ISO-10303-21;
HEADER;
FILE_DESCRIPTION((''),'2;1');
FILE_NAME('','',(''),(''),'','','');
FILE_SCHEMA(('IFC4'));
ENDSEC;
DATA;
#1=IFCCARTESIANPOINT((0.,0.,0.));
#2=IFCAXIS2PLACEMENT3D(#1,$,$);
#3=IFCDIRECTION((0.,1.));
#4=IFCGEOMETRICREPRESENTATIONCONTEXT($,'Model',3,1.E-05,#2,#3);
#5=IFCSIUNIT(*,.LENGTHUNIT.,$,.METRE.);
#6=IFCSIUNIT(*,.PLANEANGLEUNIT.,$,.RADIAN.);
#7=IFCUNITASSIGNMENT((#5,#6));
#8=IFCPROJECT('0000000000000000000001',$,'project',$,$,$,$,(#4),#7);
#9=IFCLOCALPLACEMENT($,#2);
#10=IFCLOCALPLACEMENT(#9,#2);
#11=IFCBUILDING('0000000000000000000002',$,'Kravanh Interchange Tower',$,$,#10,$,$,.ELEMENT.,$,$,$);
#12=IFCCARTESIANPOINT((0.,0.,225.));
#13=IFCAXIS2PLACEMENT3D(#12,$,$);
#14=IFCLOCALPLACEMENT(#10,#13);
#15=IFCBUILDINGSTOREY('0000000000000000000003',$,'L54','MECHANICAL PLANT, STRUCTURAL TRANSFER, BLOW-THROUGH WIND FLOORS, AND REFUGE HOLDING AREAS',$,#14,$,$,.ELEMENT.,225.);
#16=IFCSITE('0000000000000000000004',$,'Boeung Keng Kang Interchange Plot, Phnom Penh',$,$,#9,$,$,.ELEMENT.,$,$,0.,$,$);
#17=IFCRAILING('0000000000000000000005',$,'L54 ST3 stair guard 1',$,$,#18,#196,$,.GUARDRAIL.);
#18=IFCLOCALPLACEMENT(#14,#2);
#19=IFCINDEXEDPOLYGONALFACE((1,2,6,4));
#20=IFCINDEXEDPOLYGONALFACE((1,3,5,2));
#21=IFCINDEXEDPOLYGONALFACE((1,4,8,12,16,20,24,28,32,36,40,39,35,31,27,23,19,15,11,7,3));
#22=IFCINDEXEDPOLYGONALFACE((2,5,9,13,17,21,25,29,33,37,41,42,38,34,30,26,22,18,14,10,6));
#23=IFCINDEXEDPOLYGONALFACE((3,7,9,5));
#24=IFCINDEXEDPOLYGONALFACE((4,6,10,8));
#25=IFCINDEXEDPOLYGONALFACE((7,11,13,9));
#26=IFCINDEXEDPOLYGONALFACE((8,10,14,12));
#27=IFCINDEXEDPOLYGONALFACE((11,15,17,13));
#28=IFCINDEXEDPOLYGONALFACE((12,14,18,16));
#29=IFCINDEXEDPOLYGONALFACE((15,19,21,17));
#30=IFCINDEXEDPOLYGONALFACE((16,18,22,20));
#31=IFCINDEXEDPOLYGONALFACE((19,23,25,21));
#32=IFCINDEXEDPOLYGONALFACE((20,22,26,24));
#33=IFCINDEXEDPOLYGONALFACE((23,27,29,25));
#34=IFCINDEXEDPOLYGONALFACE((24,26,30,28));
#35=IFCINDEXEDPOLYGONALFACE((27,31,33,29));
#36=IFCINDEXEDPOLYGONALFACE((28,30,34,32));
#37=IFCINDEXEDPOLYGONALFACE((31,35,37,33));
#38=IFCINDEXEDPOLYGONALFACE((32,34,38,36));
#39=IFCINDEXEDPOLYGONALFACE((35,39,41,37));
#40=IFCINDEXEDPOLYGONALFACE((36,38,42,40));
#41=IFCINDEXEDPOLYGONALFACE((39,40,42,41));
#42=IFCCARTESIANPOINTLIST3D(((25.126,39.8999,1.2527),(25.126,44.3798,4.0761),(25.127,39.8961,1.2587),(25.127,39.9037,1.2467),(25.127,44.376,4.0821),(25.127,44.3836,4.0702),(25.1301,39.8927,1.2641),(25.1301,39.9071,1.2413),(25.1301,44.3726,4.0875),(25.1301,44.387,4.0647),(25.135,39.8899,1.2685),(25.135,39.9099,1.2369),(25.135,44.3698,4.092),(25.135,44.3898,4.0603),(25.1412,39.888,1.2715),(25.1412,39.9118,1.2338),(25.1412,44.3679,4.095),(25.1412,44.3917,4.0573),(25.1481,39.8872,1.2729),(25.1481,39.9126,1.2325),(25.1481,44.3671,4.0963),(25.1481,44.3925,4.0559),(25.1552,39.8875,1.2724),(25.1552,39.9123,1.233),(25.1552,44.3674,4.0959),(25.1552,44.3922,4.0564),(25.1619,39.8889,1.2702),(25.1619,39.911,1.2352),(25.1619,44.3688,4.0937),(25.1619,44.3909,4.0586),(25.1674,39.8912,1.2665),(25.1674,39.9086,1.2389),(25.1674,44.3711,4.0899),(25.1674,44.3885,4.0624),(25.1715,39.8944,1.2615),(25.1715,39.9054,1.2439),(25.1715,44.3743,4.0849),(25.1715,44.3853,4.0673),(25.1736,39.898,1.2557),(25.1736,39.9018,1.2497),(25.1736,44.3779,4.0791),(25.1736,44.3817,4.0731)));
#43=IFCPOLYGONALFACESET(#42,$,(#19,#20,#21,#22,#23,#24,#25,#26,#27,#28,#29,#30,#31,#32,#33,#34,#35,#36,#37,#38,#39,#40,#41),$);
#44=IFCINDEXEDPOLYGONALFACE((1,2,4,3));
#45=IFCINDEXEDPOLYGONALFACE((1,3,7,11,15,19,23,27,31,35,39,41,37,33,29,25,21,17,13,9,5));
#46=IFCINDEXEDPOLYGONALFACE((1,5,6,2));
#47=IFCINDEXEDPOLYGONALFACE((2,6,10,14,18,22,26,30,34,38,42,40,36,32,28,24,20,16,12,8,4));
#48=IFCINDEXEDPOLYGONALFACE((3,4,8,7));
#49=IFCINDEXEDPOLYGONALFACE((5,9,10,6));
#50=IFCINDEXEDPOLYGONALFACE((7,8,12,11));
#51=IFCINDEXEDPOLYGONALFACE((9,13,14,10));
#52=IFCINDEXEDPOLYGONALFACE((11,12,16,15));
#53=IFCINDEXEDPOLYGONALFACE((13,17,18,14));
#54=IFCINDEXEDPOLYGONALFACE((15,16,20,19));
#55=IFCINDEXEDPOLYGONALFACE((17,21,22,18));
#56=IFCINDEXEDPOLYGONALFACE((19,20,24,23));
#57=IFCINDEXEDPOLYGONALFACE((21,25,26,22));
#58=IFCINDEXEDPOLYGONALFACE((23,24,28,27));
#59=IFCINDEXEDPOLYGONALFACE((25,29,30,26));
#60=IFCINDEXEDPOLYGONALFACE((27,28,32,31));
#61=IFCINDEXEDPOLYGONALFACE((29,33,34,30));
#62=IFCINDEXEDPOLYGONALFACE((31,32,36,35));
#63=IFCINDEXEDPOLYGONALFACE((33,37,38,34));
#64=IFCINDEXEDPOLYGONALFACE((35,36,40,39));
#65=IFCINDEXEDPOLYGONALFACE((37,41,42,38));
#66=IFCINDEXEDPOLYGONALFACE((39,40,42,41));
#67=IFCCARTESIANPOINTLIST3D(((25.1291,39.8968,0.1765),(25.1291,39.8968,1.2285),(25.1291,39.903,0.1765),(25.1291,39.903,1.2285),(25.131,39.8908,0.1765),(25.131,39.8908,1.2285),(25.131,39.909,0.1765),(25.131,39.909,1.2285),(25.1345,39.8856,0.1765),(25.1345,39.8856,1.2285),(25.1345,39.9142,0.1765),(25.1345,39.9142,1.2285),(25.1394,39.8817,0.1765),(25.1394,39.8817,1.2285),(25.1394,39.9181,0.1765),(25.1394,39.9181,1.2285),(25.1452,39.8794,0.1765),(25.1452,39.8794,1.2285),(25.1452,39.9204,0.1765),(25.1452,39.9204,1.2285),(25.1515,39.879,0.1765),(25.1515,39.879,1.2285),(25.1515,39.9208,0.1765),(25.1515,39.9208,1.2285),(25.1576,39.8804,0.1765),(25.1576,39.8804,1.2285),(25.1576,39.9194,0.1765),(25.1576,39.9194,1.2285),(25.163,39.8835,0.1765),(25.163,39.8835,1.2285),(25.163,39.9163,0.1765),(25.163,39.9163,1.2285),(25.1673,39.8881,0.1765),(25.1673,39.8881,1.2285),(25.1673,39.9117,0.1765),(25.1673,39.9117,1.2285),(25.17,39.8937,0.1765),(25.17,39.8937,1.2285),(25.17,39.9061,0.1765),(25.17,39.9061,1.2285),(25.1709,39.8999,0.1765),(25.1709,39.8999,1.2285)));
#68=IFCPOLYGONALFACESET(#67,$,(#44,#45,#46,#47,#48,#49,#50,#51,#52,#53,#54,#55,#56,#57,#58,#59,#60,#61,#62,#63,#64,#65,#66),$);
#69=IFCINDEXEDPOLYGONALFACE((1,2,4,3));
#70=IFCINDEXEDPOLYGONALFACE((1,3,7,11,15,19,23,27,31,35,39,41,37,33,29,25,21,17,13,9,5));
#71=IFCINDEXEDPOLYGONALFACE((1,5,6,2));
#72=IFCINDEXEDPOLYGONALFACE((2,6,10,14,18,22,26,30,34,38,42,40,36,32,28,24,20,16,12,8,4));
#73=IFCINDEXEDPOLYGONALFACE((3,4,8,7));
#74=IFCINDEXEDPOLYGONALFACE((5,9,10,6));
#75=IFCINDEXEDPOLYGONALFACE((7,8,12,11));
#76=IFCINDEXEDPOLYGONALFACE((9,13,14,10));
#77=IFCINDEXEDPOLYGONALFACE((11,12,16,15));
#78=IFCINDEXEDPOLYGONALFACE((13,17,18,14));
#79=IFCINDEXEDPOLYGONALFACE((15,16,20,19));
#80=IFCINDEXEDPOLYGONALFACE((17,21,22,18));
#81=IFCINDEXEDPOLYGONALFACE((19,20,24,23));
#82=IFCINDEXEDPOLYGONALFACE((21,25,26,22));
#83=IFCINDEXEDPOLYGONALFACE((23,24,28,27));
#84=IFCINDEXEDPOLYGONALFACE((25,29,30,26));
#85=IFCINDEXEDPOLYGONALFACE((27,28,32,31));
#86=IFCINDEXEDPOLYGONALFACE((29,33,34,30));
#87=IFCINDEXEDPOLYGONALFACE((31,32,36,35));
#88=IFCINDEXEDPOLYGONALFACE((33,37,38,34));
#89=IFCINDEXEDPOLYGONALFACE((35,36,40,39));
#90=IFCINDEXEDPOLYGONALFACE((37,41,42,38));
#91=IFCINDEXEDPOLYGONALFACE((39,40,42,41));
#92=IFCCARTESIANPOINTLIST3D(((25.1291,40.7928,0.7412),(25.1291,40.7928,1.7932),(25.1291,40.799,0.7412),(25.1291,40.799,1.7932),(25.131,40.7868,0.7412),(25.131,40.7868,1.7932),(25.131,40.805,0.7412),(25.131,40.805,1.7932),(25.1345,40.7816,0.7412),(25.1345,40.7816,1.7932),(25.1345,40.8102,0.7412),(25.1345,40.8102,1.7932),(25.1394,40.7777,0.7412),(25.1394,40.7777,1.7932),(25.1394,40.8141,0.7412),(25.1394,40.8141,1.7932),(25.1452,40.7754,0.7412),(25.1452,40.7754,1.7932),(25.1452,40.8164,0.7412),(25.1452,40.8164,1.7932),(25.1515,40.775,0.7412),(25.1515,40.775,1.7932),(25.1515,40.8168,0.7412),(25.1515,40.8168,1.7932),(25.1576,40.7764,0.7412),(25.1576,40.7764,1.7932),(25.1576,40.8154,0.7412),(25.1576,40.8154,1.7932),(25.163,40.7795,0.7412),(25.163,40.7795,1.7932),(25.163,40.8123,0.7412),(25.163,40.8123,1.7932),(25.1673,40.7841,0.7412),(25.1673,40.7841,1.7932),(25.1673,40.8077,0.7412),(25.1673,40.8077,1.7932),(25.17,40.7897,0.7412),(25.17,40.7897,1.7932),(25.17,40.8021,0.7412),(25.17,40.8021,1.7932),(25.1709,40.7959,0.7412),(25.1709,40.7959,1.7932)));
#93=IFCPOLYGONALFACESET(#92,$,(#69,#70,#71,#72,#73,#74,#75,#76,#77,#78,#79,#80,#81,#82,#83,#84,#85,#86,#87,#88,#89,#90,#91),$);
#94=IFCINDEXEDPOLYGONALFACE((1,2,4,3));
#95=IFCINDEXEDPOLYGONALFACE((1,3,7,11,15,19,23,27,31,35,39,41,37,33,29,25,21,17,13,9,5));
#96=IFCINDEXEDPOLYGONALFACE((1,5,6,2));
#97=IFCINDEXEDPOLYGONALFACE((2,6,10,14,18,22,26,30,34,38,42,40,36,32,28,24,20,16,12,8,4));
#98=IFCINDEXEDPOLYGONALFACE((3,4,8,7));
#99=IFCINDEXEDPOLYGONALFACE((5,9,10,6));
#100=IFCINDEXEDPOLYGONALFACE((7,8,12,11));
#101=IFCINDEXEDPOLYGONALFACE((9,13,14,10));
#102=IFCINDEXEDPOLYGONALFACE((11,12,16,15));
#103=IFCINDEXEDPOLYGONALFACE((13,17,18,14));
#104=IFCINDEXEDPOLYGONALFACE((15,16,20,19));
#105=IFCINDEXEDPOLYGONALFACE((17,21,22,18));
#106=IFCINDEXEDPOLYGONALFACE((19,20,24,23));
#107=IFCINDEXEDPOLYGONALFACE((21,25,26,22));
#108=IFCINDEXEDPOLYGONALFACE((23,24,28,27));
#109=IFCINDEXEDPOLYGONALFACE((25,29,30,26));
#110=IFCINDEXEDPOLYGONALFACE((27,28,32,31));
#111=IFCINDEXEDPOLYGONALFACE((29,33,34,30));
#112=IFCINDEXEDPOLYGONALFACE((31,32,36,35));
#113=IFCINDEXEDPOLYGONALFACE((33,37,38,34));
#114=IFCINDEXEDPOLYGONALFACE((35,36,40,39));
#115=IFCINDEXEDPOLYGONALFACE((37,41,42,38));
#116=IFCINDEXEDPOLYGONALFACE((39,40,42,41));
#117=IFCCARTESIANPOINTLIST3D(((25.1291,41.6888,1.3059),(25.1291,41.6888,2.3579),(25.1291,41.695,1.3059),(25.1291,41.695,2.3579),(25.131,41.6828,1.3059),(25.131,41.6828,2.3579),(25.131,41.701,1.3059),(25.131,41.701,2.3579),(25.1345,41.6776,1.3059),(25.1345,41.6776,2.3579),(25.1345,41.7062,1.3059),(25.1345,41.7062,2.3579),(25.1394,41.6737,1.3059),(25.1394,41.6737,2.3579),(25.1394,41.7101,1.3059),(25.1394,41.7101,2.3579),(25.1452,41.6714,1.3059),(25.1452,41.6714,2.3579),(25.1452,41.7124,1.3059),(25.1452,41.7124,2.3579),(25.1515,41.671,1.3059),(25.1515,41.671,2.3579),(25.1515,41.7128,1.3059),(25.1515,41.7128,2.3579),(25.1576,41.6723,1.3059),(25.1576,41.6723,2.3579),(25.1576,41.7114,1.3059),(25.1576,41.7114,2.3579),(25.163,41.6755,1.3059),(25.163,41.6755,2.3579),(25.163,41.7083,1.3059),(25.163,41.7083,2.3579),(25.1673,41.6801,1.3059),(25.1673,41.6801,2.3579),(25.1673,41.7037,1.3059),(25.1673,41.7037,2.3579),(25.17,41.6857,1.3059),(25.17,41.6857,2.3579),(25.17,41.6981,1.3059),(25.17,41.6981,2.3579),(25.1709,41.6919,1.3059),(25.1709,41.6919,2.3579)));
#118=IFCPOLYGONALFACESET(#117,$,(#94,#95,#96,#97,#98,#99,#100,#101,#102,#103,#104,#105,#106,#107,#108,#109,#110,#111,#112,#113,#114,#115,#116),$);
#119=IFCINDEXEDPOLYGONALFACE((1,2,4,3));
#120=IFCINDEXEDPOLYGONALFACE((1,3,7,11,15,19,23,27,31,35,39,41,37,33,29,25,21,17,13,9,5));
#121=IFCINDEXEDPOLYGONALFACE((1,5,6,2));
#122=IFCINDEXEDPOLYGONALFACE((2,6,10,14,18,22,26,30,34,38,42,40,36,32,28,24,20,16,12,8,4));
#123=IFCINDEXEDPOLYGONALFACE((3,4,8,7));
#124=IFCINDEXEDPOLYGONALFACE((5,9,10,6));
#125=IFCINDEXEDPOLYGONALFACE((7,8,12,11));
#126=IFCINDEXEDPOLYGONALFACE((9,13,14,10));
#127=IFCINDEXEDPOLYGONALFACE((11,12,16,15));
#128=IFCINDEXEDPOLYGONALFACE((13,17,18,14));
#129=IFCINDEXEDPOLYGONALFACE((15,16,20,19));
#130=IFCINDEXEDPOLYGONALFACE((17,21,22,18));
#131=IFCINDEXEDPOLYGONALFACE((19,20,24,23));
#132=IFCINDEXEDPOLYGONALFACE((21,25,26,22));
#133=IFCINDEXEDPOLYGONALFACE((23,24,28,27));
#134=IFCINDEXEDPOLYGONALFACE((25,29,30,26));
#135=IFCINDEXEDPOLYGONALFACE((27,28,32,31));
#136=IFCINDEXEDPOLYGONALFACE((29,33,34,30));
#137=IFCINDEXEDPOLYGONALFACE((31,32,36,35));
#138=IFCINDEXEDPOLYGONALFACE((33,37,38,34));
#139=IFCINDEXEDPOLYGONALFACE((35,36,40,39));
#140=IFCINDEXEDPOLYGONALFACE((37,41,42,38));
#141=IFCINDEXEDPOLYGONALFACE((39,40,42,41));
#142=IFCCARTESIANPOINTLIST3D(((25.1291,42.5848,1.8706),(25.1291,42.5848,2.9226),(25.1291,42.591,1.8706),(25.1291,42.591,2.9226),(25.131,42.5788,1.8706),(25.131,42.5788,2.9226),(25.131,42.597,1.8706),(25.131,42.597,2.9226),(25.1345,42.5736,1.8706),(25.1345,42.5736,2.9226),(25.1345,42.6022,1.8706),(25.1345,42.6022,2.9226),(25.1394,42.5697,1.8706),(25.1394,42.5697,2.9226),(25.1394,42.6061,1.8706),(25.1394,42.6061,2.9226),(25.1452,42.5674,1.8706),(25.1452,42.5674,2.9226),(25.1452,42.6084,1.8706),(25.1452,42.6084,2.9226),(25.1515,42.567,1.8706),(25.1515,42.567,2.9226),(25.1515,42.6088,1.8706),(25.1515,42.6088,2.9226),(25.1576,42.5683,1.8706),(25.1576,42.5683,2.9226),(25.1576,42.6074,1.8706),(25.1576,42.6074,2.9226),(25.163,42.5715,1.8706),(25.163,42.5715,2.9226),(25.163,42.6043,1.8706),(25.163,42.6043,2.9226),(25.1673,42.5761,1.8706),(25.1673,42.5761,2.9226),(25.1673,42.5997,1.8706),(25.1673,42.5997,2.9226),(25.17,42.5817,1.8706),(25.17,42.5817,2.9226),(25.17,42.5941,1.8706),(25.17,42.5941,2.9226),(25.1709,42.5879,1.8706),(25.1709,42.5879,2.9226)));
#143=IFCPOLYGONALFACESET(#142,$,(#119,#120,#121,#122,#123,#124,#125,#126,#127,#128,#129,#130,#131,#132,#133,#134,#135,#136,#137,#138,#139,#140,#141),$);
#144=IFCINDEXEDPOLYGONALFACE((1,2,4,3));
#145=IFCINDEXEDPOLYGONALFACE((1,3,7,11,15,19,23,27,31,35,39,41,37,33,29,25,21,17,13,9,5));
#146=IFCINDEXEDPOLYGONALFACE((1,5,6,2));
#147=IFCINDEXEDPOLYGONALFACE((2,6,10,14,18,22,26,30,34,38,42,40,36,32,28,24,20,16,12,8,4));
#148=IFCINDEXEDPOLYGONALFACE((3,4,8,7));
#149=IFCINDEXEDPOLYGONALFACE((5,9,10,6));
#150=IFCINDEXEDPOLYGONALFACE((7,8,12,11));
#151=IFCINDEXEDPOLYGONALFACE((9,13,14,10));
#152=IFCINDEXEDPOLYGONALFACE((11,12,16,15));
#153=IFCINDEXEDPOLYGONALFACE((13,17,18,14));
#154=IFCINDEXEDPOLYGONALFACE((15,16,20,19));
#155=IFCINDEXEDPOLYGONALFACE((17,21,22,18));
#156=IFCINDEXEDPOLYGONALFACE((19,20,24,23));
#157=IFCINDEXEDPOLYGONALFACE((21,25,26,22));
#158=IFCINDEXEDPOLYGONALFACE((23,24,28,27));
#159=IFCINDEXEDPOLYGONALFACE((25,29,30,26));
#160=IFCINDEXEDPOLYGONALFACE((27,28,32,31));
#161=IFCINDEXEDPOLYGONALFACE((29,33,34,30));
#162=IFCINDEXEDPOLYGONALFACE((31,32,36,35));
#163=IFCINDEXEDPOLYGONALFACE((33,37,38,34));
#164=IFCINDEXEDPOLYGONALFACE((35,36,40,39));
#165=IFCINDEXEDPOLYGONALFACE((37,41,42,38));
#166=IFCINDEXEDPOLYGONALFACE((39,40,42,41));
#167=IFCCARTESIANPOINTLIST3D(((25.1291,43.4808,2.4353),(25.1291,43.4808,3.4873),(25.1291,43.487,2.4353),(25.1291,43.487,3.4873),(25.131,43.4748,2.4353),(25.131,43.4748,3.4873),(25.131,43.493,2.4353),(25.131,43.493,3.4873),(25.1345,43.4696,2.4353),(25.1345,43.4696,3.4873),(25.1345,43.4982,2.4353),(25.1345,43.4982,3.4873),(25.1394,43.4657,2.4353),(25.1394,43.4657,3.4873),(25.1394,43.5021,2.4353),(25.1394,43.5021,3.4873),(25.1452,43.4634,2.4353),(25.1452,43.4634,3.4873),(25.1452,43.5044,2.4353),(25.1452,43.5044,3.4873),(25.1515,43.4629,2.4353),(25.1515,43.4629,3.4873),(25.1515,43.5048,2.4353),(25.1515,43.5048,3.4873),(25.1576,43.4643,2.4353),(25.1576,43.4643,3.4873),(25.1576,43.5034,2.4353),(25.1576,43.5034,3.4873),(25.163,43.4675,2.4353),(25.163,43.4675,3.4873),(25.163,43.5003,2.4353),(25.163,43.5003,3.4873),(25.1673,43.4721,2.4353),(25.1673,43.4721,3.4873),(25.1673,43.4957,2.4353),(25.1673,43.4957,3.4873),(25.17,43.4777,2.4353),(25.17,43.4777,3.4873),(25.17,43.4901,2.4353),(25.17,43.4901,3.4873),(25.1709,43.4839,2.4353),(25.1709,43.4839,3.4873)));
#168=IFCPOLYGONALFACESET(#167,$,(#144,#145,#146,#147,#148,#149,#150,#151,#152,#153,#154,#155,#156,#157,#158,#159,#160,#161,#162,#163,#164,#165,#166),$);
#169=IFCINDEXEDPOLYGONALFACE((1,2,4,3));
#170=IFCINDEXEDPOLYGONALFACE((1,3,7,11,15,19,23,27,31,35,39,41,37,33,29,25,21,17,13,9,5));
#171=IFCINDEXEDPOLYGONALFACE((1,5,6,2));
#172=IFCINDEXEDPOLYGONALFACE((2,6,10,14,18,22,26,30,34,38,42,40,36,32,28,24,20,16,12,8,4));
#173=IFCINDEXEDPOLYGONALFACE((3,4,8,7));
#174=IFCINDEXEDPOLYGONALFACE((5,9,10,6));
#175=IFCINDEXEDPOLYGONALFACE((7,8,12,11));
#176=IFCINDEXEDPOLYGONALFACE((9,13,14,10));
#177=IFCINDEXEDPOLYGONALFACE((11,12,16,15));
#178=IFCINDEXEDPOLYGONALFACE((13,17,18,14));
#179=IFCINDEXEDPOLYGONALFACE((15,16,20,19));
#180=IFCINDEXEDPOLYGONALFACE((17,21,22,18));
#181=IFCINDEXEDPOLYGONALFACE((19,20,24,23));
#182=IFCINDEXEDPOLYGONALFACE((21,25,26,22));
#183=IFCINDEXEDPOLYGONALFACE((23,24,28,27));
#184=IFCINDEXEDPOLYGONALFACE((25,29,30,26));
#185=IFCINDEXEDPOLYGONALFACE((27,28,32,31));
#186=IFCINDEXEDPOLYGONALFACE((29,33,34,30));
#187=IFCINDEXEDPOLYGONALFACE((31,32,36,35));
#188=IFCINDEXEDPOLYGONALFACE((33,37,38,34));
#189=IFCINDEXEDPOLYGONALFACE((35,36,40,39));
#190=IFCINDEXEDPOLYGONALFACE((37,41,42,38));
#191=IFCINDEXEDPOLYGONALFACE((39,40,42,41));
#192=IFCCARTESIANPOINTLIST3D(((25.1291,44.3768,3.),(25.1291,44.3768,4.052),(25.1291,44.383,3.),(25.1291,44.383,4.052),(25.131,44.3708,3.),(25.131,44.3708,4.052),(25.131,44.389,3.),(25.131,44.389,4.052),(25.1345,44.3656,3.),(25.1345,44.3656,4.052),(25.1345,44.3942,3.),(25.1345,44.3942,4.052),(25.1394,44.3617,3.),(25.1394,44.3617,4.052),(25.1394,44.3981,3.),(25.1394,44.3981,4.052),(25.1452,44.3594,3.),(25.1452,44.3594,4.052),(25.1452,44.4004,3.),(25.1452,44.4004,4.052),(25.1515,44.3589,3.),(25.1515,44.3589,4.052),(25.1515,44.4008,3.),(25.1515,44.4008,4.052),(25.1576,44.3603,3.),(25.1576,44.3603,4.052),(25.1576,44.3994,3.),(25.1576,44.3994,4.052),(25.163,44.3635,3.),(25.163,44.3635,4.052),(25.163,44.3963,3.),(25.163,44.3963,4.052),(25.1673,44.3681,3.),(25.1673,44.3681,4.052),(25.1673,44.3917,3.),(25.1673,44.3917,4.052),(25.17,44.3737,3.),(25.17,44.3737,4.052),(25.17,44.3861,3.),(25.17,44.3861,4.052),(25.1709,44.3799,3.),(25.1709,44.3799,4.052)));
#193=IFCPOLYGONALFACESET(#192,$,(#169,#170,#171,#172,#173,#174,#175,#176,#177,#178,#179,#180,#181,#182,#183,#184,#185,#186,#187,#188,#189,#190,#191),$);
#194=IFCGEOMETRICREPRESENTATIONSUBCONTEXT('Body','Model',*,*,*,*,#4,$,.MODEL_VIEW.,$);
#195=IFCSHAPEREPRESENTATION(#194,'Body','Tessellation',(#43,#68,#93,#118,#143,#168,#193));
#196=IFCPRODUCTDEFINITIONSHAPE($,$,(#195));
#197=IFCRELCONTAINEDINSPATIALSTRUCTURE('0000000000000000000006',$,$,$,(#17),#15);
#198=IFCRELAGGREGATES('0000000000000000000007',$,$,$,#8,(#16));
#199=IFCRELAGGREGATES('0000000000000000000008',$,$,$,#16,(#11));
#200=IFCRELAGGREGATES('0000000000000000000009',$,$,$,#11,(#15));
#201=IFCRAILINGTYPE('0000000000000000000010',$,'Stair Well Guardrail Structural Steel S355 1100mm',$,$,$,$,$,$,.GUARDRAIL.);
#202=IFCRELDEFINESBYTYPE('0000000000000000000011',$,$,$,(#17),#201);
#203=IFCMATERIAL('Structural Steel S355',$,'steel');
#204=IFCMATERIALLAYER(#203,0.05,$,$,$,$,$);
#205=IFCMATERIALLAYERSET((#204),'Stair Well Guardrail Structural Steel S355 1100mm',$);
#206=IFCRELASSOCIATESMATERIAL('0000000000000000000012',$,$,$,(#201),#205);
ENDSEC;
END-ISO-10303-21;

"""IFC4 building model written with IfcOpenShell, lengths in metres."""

from ifc_helpers import new_model, si_unit, direction, frame, origin, origin_2d, place, context, subcontext, project, spatial, circle, extrude, material, layer, layer_set, type_object, element, save


model = new_model("IFC4")

# Units and contexts
model_context = context("Model", 3, precision=1e-05, world=origin(), true_north=direction((0.0, 1.0)))
body_context = subcontext(model_context, "Body", "Model", "MODEL_VIEW")
ifc_project = project(units=[si_unit("LENGTHUNIT", "METRE"), si_unit("PLANEANGLEUNIT", "RADIAN")], contexts=[model_context])

# Site, building, storey
site_placement = place(None, origin())
site = spatial("IfcSite", under=ifc_project, at=site_placement, Name="Boeung Keng Kang Interchange Plot, Phnom Penh", CompositionType="ELEMENT", RefElevation=0.0)
building_placement = place(site_placement, origin())
building = spatial("IfcBuilding", under=site, at=building_placement, Name="Kravanh Interchange Tower", CompositionType="ELEMENT")
storey_placement = place(building_placement, frame((0.0, 0.0, 225.0)))
storey = spatial("IfcBuildingStorey", under=building, at=storey_placement, Name="L54", Description="MECHANICAL PLANT, STRUCTURAL TRANSFER, BLOW-THROUGH WIND FLOORS, AND REFUGE HOLDING AREAS", CompositionType="ELEMENT", Elevation=225.0)

# Railing
ifc_material_1 = material(Name="Structural Steel S355", Category="steel")
ifc_layer_1 = layer(ifc_material_1, 0.05)
ifc_layer_set_1 = layer_set([ifc_layer_1], Name="Stair Well Guardrail Structural Steel S355 1100mm")
railing_type_1 = type_object("IfcRailingType", Name="Stair Well Guardrail Structural Steel S355 1100mm", PredefinedType="GUARDRAIL", material=ifc_layer_set_1)
railing_1_placement = place(storey_placement, frame((25.1499, 39.8999, 0.1765)))
element("IfcRailing", 1, at=railing_1_placement, inside=storey, type_object=railing_type_1, Name="L54 ST3 stair guard 1", PredefinedType="GUARDRAIL", context=body_context, shape_type="SweptSolid", body=[
    extrude(circle(Radius=0.0239, at=origin_2d()), frame((0.0, 0.0, 1.0762), z_axis=(0.0, 0.845998, 0.533186), x_axis=(-1.0, 0.0, 0.0)), (0.0, 0.0, 1.0), 5.2954),
    extrude(circle(Radius=0.021, at=origin_2d()), origin(), (0.0, 0.0, 1.0), 1.052),
    extrude(circle(Radius=0.021, at=origin_2d()), frame((0.0, 0.896, 0.5647)), (0.0, 0.0, 1.0), 1.052),
    extrude(circle(Radius=0.021, at=origin_2d()), frame((0.0, 1.792, 1.1294)), (0.0, 0.0, 1.0), 1.052),
    extrude(circle(Radius=0.021, at=origin_2d()), frame((0.0, 2.688, 1.6941)), (0.0, 0.0, 1.0), 1.052),
    extrude(circle(Radius=0.021, at=origin_2d()), frame((0.0, 3.584, 2.2588)), (0.0, 0.0, 1.0), 1.052),
    extrude(circle(Radius=0.021, at=origin_2d()), frame((0.0, 4.48, 2.8235)), (0.0, 0.0, 1.0), 1.052),
])

save(model, "model.ifc")
